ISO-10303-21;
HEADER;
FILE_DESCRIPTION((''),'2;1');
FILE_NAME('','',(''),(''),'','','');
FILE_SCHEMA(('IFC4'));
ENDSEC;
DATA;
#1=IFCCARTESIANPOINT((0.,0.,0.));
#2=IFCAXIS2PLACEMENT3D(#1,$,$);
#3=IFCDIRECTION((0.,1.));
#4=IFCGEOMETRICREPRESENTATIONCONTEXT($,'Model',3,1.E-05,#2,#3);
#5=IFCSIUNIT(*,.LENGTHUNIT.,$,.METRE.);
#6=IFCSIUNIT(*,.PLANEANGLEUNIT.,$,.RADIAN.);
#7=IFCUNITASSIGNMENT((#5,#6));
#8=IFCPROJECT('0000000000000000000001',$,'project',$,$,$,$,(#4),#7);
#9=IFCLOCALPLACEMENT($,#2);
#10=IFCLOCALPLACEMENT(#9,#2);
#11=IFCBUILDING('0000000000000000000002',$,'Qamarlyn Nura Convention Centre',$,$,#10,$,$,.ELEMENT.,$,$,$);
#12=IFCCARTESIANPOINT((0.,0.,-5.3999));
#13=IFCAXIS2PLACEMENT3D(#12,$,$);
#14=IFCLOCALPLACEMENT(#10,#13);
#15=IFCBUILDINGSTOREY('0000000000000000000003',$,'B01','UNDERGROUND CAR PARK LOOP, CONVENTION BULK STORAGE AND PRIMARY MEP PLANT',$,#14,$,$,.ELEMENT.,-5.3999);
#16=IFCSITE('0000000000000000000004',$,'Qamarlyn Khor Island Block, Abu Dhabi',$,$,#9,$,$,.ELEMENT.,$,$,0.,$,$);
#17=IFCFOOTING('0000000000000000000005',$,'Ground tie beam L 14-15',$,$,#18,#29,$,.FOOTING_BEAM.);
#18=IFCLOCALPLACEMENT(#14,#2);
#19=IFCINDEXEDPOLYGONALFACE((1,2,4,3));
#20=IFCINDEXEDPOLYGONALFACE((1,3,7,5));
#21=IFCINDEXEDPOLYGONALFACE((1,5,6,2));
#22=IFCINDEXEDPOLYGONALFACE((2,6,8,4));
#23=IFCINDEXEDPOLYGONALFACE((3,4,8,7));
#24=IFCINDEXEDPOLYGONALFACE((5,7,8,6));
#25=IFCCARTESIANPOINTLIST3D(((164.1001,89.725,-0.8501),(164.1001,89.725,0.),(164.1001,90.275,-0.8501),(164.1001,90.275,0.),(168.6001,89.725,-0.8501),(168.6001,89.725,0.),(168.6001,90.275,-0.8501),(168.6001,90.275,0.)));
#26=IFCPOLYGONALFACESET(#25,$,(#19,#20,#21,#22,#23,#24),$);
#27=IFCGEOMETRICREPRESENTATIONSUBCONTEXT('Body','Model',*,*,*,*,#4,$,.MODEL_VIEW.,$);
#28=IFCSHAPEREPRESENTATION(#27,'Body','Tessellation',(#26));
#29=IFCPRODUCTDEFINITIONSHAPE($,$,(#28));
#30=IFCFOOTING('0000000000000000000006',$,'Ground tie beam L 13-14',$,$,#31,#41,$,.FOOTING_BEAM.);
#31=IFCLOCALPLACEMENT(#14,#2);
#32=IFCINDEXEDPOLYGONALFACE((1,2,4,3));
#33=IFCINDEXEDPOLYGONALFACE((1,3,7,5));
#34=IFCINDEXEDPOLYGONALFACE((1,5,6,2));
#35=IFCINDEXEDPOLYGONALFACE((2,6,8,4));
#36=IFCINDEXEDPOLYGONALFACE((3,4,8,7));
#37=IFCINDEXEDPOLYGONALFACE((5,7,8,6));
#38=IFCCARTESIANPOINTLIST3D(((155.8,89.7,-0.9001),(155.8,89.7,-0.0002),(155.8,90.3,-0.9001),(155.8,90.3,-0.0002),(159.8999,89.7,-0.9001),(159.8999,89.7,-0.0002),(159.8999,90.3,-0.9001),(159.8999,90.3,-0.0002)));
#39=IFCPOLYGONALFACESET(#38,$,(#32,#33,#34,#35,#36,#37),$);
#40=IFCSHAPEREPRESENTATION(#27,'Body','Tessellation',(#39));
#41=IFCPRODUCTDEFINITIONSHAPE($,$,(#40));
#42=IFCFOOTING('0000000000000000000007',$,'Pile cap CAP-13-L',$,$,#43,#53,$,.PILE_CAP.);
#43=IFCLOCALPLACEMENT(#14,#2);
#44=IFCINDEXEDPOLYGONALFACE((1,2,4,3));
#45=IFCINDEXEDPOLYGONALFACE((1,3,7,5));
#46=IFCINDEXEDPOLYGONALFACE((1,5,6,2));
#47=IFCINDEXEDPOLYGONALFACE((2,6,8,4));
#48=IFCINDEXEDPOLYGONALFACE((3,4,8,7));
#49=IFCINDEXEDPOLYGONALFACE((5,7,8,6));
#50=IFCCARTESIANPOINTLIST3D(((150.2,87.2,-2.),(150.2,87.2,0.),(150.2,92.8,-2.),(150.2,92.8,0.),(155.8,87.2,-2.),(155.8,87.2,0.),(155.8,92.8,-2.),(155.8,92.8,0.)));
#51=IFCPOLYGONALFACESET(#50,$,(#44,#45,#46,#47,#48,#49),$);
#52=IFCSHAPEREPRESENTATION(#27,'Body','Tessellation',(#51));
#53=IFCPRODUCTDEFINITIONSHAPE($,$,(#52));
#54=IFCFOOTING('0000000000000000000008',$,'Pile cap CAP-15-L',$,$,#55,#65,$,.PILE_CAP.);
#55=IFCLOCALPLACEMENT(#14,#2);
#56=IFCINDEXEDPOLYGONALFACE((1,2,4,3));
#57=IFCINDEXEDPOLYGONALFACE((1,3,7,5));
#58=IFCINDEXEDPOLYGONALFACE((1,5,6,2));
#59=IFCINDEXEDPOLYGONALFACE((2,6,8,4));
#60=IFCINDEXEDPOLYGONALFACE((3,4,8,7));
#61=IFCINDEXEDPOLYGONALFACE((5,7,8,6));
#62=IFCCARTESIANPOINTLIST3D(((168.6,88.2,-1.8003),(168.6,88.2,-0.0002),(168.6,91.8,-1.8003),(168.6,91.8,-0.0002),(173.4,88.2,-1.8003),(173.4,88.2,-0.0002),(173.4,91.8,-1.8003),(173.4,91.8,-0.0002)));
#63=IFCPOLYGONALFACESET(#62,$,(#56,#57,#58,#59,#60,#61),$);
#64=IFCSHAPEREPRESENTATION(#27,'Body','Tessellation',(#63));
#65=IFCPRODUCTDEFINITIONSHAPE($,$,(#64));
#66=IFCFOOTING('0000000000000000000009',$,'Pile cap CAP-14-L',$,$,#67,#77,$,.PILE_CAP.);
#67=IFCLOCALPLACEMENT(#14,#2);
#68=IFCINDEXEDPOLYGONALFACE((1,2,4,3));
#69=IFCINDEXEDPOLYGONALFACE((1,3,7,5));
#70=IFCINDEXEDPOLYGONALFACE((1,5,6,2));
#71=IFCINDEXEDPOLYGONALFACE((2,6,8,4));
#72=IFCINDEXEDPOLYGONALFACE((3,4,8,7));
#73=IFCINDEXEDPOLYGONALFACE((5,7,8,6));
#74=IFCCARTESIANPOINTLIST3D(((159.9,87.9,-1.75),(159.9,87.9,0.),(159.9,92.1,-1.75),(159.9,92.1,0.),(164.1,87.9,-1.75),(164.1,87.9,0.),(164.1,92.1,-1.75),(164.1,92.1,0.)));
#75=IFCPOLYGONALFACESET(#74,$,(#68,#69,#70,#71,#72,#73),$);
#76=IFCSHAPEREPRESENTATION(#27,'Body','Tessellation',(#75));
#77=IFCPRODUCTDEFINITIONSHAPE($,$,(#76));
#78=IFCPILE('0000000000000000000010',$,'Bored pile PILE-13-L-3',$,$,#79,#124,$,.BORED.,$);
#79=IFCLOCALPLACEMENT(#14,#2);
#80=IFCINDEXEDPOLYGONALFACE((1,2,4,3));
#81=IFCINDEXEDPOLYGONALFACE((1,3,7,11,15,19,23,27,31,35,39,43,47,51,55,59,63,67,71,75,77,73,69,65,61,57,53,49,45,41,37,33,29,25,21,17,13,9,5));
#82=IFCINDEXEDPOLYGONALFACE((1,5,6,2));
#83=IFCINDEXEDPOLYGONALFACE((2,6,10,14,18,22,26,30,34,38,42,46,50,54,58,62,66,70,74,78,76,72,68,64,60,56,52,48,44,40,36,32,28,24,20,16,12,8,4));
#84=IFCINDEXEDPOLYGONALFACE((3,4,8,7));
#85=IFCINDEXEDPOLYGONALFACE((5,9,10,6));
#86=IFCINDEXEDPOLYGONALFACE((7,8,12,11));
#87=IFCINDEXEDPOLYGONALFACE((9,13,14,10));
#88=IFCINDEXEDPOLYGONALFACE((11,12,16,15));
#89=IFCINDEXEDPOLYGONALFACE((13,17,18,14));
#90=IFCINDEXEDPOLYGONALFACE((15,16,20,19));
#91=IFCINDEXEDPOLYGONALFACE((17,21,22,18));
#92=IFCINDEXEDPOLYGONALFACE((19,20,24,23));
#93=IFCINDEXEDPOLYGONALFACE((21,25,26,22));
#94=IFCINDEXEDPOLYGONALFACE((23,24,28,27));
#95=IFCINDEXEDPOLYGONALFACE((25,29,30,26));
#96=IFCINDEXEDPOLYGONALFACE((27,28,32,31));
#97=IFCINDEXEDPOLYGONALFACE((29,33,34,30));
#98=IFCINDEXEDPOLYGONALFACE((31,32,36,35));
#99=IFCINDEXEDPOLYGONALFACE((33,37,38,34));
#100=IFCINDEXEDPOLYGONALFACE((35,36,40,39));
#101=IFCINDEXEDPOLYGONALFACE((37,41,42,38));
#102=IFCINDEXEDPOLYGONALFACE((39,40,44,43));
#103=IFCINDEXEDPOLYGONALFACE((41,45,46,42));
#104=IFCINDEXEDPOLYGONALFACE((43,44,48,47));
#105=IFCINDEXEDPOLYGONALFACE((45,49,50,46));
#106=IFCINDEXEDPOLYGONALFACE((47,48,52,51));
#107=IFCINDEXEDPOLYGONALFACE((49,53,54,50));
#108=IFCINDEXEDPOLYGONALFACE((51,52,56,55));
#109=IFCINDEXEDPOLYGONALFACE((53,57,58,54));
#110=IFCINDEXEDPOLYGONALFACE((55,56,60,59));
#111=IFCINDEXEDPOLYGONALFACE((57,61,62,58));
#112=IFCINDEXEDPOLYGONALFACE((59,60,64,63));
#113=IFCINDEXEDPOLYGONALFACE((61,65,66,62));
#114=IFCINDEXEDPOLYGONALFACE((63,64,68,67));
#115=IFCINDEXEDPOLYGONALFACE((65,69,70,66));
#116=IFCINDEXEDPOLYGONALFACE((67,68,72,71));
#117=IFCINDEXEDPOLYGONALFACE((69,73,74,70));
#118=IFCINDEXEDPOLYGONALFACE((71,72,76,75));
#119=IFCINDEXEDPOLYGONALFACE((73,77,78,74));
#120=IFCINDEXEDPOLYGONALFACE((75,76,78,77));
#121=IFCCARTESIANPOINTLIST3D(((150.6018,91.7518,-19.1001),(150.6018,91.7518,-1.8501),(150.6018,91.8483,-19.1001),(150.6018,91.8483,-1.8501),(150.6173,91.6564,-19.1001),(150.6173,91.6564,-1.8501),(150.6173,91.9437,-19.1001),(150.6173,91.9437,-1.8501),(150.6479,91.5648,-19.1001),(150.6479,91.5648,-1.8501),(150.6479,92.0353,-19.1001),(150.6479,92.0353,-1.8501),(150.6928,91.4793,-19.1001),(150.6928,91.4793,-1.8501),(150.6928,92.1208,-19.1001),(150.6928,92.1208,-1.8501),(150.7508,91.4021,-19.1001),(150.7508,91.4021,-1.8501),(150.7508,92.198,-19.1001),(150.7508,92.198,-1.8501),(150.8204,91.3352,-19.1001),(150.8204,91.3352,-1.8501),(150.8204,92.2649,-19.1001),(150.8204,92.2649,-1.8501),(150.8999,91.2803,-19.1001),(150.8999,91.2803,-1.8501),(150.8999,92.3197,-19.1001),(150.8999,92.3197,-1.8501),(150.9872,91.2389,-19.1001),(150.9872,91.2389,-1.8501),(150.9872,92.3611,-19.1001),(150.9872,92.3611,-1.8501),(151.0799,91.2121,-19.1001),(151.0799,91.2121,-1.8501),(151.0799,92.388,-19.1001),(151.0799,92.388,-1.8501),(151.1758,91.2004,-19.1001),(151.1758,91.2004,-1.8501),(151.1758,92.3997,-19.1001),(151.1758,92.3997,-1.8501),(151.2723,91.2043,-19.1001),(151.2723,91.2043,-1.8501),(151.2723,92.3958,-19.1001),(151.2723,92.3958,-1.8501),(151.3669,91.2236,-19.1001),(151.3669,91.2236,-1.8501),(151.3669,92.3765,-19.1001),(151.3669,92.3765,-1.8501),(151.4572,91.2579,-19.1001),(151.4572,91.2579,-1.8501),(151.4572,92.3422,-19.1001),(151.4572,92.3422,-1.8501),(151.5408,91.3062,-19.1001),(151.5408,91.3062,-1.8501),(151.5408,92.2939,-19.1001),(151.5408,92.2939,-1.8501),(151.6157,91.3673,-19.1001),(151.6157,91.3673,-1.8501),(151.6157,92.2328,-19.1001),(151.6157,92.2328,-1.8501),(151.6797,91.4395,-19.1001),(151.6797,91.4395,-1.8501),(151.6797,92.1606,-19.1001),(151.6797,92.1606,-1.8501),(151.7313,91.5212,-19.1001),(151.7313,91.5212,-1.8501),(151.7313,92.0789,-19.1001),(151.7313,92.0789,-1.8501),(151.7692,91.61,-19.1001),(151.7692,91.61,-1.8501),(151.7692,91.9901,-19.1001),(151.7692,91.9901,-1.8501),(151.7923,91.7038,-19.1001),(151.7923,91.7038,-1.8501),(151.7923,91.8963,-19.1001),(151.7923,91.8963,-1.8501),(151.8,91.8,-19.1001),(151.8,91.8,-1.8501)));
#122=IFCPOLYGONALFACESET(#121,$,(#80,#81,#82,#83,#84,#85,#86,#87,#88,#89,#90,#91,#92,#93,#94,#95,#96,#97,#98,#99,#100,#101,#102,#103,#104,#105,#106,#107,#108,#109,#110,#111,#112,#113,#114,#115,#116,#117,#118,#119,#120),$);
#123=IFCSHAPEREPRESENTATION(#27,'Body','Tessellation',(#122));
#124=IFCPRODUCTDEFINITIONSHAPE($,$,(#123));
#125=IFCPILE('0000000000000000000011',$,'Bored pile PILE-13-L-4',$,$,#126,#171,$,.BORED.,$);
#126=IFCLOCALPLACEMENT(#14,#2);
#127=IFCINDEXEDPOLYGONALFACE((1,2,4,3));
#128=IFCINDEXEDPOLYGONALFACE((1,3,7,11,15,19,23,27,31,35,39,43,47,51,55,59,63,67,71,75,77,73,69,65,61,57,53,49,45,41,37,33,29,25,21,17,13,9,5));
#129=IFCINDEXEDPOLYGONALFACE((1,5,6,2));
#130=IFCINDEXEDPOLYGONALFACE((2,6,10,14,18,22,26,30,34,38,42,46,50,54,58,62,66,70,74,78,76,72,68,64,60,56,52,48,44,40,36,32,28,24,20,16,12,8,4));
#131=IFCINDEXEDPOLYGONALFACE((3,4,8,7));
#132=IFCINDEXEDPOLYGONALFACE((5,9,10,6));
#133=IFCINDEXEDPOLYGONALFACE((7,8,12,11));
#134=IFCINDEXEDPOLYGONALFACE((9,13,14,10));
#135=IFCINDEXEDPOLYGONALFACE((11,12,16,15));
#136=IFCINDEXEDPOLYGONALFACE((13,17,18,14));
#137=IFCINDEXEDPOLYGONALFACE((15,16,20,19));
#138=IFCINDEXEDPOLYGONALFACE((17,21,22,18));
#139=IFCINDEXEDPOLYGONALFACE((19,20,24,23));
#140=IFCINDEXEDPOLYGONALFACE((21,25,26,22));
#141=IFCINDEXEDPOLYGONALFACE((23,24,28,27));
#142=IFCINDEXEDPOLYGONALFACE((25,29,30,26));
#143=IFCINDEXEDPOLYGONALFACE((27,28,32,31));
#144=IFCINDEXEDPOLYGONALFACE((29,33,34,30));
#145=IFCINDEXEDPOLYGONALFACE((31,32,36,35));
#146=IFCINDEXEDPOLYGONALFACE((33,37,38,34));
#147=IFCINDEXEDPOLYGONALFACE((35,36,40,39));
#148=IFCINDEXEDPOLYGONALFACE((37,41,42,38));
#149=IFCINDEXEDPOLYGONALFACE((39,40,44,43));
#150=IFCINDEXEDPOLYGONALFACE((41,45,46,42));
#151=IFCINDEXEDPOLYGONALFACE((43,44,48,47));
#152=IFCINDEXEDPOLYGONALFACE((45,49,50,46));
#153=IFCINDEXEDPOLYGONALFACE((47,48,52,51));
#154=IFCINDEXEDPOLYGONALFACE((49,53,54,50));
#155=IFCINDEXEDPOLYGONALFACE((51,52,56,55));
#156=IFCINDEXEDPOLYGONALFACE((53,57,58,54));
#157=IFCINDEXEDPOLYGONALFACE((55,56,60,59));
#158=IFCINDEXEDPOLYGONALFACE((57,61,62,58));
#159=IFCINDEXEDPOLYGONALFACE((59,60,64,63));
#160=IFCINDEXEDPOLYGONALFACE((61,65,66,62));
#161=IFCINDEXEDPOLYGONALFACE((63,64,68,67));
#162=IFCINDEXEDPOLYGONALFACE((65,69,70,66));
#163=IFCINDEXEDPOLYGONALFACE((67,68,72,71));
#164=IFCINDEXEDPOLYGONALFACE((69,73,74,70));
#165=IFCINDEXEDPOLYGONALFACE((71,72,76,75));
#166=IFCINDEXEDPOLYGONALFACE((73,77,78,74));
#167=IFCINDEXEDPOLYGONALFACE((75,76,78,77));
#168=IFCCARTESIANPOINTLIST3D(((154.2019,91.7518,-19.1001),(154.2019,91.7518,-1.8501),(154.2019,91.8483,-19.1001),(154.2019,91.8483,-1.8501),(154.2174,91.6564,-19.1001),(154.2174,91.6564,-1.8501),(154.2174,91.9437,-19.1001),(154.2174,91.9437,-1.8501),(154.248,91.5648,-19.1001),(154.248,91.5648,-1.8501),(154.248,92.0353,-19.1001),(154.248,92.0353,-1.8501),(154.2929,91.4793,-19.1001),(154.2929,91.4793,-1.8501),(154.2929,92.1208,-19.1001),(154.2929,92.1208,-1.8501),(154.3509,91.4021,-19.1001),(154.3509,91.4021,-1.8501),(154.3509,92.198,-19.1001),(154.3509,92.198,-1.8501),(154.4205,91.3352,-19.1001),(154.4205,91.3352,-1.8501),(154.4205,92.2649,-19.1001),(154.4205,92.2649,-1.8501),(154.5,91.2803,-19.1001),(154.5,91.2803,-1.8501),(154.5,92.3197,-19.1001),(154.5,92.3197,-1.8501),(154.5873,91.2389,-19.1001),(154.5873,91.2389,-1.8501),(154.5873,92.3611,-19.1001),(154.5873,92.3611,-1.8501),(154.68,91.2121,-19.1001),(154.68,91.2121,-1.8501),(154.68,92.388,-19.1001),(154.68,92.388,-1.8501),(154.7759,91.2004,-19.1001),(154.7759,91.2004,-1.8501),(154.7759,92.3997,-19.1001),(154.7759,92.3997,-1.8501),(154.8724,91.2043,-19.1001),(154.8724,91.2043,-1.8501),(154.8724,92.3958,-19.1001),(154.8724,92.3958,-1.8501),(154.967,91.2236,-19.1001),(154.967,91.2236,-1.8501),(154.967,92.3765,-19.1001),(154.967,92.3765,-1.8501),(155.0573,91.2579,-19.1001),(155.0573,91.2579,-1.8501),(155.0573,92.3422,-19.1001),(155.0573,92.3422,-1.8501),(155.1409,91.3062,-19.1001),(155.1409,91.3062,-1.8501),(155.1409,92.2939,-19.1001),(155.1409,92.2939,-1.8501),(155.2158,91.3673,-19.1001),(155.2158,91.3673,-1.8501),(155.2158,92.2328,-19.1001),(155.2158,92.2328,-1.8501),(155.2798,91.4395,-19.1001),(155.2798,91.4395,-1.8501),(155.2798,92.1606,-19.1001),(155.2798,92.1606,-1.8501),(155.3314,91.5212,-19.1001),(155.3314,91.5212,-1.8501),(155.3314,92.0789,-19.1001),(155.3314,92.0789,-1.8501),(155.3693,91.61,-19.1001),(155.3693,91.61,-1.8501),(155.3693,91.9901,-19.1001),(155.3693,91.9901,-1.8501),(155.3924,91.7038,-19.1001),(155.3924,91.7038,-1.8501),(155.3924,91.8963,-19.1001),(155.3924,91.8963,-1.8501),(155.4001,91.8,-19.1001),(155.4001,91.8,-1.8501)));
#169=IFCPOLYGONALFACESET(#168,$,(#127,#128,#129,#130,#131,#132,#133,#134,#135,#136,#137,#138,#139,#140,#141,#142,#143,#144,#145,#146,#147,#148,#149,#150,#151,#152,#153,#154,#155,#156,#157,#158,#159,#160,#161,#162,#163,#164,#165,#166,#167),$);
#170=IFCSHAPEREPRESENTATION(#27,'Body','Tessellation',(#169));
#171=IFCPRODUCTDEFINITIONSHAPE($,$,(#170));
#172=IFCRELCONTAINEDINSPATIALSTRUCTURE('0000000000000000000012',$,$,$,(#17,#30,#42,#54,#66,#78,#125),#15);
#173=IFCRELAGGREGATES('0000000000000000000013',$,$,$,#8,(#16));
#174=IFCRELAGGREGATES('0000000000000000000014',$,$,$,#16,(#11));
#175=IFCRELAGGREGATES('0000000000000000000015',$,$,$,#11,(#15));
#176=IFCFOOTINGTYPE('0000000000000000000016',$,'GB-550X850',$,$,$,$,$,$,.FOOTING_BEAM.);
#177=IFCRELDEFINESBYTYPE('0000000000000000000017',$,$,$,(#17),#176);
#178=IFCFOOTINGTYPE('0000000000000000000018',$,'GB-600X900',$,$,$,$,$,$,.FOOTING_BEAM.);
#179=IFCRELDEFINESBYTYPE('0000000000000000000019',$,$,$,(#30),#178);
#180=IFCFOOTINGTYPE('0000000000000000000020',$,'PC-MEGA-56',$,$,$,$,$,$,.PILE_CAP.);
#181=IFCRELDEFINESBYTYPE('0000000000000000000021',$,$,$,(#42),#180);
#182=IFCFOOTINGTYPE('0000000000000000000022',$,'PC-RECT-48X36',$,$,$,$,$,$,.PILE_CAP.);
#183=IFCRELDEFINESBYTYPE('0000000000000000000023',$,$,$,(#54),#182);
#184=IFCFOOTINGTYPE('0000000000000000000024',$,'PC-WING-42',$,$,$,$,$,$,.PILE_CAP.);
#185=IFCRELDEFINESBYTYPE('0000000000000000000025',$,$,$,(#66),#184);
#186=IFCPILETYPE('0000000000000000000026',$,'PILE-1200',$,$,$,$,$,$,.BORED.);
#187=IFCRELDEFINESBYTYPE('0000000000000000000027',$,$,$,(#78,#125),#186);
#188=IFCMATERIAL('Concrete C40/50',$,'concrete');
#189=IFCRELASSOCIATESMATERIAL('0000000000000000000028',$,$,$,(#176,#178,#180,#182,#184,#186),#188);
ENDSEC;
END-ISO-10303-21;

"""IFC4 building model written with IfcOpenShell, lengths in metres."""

from ifc_helpers import new_model, si_unit, direction, frame, origin, origin_2d, place, context, subcontext, project, spatial, rectangle, circle, extrude, material, material_profile, profile_set, type_object, element, save


model = new_model("IFC4")

# Units and contexts
model_context = context("Model", 3, precision=1e-05, world=origin(), true_north=direction((0.0, 1.0)))
body_context = subcontext(model_context, "Body", "Model", "MODEL_VIEW")
ifc_project = project(units=[si_unit("LENGTHUNIT", "METRE"), si_unit("PLANEANGLEUNIT", "RADIAN")], contexts=[model_context])

# Site, building, storey
site_placement = place(None, origin())
site = spatial("IfcSite", under=ifc_project, at=site_placement, Name="Qamarlyn Khor Island Block, Abu Dhabi", CompositionType="ELEMENT", RefElevation=0.0)
building_placement = place(site_placement, origin())
building = spatial("IfcBuilding", under=site, at=building_placement, Name="Qamarlyn Nura Convention Centre", CompositionType="ELEMENT")
storey_placement = place(building_placement, frame((0.0, 0.0, -5.3999)))
storey = spatial("IfcBuildingStorey", under=building, at=storey_placement, Name="B01", Description="UNDERGROUND CAR PARK LOOP, CONVENTION BULK STORAGE AND PRIMARY MEP PLANT", CompositionType="ELEMENT", Elevation=-5.3999)

# Footings
ifc_material_1 = material(Name="Concrete C40/50", Category="concrete")
ifc_material_profile_1 = material_profile(ifc_material_1, rectangle(XDim=0.55, YDim=0.8501, at=origin_2d()), Name="RC GB 550x850")
ifc_profile_set_1 = profile_set([ifc_material_profile_1], Name="Concrete C40/50")
footing_type_1 = type_object("IfcFootingType", Name="GB-550X850", PredefinedType="FOOTING_BEAM", material=ifc_profile_set_1)
footing_1_placement = place(storey_placement, frame((164.1001, 90.0, -0.425), z_axis=(1.0, 0.0, 0.0), x_axis=(0.0, 1.0, 0.0)))
element("IfcFooting", 1, at=footing_1_placement, inside=storey, type_object=footing_type_1, Name="Ground tie beam L 14-15", PredefinedType="FOOTING_BEAM", context=body_context, shape_type="SweptSolid", body=[
    extrude(rectangle(XDim=0.55, YDim=0.8501, at=origin_2d()), origin(), (0.0, 0.0, 1.0), 4.5),
])
ifc_material_profile_2 = material_profile(ifc_material_1, rectangle(XDim=0.6001, YDim=0.8999, at=origin_2d()), Name="RC GB 600x900")
ifc_profile_set_2 = profile_set([ifc_material_profile_2], Name="Concrete C40/50")
footing_type_2 = type_object("IfcFootingType", Name="GB-600X900", PredefinedType="FOOTING_BEAM", material=ifc_profile_set_2)
footing_2_placement = place(storey_placement, frame((155.8, 90.0, -0.4502), z_axis=(1.0, 0.0, 0.0), x_axis=(0.0, 1.0, 0.0)))
element("IfcFooting", 2, at=footing_2_placement, inside=storey, type_object=footing_type_2, Name="Ground tie beam L 13-14", PredefinedType="FOOTING_BEAM", context=body_context, shape_type="SweptSolid", body=[
    extrude(rectangle(XDim=0.6001, YDim=0.8999, at=origin_2d()), origin(), (0.0, 0.0, 1.0), 4.0999),
])
footing_type_3 = type_object("IfcFootingType", Name="PC-MEGA-56", PredefinedType="PILE_CAP", material=ifc_material_1)
footing_3_placement = place(storey_placement, frame((153.0, 90.0, -2.0), z_axis=(0.0, 0.0, 1.0), x_axis=(1.0, 0.0, 0.0)))
element("IfcFooting", 3, at=footing_3_placement, inside=storey, type_object=footing_type_3, Name="Pile cap CAP-13-L", PredefinedType="PILE_CAP", context=body_context, shape_type="SweptSolid", body=[
    extrude(rectangle(XDim=5.6001, YDim=5.6001, at=origin_2d()), origin(), (0.0, 0.0, 1.0), 2.0),
])
footing_type_4 = type_object("IfcFootingType", Name="PC-RECT-48X36", PredefinedType="PILE_CAP", material=ifc_material_1)
footing_4_placement = place(storey_placement, frame((171.0, 90.0, -1.8003), z_axis=(0.0, 0.0, 1.0), x_axis=(1.0, 0.0, 0.0)))
element("IfcFooting", 4, at=footing_4_placement, inside=storey, type_object=footing_type_4, Name="Pile cap CAP-15-L", PredefinedType="PILE_CAP", context=body_context, shape_type="SweptSolid", body=[
    extrude(rectangle(XDim=4.8, YDim=3.6001, at=origin_2d()), origin(), (0.0, 0.0, 1.0), 1.8),
])
footing_type_5 = type_object("IfcFootingType", Name="PC-WING-42", PredefinedType="PILE_CAP", material=ifc_material_1)
footing_5_placement = place(storey_placement, frame((162.0, 90.0, -1.75), z_axis=(0.0, 0.0, 1.0), x_axis=(1.0, 0.0, 0.0)))
element("IfcFooting", 5, at=footing_5_placement, inside=storey, type_object=footing_type_5, Name="Pile cap CAP-14-L", PredefinedType="PILE_CAP", context=body_context, shape_type="SweptSolid", body=[
    extrude(rectangle(XDim=4.2, YDim=4.2, at=origin_2d()), origin(), (0.0, 0.0, 1.0), 1.75),
])

# Piles
ifc_material_profile_3 = material_profile(ifc_material_1, circle(Radius=0.6001, at=origin_2d()), Name="BORED PILE 1200")
ifc_profile_set_3 = profile_set([ifc_material_profile_3], Name="Concrete C40/50")
pile_type_1 = type_object("IfcPileType", Name="PILE-1200", PredefinedType="BORED", material=ifc_profile_set_3)
for number, where, z_axis, x_axis, name in (
    (6, (151.2, 91.8, -1.8501), (0.0, 0.0, -1.0), (1.0, 0.0, 0.0), "Bored pile PILE-13-L-3"),
    (7, (154.8, 91.8, -1.8501), (0.0, 0.0, -1.0), (1.0, 0.0, 0.0), "Bored pile PILE-13-L-4"),
):
    element("IfcPile", number, at=place(storey_placement, frame(where, z_axis=z_axis, x_axis=x_axis)), inside=storey, type_object=pile_type_1, Name=name, PredefinedType="BORED", context=body_context, shape_type="SweptSolid", body=[
        extrude(circle(Radius=0.6001, at=origin_2d()), origin(), (0.0, 0.0, 1.0), 17.25),
    ])

save(model, "model.ifc")
